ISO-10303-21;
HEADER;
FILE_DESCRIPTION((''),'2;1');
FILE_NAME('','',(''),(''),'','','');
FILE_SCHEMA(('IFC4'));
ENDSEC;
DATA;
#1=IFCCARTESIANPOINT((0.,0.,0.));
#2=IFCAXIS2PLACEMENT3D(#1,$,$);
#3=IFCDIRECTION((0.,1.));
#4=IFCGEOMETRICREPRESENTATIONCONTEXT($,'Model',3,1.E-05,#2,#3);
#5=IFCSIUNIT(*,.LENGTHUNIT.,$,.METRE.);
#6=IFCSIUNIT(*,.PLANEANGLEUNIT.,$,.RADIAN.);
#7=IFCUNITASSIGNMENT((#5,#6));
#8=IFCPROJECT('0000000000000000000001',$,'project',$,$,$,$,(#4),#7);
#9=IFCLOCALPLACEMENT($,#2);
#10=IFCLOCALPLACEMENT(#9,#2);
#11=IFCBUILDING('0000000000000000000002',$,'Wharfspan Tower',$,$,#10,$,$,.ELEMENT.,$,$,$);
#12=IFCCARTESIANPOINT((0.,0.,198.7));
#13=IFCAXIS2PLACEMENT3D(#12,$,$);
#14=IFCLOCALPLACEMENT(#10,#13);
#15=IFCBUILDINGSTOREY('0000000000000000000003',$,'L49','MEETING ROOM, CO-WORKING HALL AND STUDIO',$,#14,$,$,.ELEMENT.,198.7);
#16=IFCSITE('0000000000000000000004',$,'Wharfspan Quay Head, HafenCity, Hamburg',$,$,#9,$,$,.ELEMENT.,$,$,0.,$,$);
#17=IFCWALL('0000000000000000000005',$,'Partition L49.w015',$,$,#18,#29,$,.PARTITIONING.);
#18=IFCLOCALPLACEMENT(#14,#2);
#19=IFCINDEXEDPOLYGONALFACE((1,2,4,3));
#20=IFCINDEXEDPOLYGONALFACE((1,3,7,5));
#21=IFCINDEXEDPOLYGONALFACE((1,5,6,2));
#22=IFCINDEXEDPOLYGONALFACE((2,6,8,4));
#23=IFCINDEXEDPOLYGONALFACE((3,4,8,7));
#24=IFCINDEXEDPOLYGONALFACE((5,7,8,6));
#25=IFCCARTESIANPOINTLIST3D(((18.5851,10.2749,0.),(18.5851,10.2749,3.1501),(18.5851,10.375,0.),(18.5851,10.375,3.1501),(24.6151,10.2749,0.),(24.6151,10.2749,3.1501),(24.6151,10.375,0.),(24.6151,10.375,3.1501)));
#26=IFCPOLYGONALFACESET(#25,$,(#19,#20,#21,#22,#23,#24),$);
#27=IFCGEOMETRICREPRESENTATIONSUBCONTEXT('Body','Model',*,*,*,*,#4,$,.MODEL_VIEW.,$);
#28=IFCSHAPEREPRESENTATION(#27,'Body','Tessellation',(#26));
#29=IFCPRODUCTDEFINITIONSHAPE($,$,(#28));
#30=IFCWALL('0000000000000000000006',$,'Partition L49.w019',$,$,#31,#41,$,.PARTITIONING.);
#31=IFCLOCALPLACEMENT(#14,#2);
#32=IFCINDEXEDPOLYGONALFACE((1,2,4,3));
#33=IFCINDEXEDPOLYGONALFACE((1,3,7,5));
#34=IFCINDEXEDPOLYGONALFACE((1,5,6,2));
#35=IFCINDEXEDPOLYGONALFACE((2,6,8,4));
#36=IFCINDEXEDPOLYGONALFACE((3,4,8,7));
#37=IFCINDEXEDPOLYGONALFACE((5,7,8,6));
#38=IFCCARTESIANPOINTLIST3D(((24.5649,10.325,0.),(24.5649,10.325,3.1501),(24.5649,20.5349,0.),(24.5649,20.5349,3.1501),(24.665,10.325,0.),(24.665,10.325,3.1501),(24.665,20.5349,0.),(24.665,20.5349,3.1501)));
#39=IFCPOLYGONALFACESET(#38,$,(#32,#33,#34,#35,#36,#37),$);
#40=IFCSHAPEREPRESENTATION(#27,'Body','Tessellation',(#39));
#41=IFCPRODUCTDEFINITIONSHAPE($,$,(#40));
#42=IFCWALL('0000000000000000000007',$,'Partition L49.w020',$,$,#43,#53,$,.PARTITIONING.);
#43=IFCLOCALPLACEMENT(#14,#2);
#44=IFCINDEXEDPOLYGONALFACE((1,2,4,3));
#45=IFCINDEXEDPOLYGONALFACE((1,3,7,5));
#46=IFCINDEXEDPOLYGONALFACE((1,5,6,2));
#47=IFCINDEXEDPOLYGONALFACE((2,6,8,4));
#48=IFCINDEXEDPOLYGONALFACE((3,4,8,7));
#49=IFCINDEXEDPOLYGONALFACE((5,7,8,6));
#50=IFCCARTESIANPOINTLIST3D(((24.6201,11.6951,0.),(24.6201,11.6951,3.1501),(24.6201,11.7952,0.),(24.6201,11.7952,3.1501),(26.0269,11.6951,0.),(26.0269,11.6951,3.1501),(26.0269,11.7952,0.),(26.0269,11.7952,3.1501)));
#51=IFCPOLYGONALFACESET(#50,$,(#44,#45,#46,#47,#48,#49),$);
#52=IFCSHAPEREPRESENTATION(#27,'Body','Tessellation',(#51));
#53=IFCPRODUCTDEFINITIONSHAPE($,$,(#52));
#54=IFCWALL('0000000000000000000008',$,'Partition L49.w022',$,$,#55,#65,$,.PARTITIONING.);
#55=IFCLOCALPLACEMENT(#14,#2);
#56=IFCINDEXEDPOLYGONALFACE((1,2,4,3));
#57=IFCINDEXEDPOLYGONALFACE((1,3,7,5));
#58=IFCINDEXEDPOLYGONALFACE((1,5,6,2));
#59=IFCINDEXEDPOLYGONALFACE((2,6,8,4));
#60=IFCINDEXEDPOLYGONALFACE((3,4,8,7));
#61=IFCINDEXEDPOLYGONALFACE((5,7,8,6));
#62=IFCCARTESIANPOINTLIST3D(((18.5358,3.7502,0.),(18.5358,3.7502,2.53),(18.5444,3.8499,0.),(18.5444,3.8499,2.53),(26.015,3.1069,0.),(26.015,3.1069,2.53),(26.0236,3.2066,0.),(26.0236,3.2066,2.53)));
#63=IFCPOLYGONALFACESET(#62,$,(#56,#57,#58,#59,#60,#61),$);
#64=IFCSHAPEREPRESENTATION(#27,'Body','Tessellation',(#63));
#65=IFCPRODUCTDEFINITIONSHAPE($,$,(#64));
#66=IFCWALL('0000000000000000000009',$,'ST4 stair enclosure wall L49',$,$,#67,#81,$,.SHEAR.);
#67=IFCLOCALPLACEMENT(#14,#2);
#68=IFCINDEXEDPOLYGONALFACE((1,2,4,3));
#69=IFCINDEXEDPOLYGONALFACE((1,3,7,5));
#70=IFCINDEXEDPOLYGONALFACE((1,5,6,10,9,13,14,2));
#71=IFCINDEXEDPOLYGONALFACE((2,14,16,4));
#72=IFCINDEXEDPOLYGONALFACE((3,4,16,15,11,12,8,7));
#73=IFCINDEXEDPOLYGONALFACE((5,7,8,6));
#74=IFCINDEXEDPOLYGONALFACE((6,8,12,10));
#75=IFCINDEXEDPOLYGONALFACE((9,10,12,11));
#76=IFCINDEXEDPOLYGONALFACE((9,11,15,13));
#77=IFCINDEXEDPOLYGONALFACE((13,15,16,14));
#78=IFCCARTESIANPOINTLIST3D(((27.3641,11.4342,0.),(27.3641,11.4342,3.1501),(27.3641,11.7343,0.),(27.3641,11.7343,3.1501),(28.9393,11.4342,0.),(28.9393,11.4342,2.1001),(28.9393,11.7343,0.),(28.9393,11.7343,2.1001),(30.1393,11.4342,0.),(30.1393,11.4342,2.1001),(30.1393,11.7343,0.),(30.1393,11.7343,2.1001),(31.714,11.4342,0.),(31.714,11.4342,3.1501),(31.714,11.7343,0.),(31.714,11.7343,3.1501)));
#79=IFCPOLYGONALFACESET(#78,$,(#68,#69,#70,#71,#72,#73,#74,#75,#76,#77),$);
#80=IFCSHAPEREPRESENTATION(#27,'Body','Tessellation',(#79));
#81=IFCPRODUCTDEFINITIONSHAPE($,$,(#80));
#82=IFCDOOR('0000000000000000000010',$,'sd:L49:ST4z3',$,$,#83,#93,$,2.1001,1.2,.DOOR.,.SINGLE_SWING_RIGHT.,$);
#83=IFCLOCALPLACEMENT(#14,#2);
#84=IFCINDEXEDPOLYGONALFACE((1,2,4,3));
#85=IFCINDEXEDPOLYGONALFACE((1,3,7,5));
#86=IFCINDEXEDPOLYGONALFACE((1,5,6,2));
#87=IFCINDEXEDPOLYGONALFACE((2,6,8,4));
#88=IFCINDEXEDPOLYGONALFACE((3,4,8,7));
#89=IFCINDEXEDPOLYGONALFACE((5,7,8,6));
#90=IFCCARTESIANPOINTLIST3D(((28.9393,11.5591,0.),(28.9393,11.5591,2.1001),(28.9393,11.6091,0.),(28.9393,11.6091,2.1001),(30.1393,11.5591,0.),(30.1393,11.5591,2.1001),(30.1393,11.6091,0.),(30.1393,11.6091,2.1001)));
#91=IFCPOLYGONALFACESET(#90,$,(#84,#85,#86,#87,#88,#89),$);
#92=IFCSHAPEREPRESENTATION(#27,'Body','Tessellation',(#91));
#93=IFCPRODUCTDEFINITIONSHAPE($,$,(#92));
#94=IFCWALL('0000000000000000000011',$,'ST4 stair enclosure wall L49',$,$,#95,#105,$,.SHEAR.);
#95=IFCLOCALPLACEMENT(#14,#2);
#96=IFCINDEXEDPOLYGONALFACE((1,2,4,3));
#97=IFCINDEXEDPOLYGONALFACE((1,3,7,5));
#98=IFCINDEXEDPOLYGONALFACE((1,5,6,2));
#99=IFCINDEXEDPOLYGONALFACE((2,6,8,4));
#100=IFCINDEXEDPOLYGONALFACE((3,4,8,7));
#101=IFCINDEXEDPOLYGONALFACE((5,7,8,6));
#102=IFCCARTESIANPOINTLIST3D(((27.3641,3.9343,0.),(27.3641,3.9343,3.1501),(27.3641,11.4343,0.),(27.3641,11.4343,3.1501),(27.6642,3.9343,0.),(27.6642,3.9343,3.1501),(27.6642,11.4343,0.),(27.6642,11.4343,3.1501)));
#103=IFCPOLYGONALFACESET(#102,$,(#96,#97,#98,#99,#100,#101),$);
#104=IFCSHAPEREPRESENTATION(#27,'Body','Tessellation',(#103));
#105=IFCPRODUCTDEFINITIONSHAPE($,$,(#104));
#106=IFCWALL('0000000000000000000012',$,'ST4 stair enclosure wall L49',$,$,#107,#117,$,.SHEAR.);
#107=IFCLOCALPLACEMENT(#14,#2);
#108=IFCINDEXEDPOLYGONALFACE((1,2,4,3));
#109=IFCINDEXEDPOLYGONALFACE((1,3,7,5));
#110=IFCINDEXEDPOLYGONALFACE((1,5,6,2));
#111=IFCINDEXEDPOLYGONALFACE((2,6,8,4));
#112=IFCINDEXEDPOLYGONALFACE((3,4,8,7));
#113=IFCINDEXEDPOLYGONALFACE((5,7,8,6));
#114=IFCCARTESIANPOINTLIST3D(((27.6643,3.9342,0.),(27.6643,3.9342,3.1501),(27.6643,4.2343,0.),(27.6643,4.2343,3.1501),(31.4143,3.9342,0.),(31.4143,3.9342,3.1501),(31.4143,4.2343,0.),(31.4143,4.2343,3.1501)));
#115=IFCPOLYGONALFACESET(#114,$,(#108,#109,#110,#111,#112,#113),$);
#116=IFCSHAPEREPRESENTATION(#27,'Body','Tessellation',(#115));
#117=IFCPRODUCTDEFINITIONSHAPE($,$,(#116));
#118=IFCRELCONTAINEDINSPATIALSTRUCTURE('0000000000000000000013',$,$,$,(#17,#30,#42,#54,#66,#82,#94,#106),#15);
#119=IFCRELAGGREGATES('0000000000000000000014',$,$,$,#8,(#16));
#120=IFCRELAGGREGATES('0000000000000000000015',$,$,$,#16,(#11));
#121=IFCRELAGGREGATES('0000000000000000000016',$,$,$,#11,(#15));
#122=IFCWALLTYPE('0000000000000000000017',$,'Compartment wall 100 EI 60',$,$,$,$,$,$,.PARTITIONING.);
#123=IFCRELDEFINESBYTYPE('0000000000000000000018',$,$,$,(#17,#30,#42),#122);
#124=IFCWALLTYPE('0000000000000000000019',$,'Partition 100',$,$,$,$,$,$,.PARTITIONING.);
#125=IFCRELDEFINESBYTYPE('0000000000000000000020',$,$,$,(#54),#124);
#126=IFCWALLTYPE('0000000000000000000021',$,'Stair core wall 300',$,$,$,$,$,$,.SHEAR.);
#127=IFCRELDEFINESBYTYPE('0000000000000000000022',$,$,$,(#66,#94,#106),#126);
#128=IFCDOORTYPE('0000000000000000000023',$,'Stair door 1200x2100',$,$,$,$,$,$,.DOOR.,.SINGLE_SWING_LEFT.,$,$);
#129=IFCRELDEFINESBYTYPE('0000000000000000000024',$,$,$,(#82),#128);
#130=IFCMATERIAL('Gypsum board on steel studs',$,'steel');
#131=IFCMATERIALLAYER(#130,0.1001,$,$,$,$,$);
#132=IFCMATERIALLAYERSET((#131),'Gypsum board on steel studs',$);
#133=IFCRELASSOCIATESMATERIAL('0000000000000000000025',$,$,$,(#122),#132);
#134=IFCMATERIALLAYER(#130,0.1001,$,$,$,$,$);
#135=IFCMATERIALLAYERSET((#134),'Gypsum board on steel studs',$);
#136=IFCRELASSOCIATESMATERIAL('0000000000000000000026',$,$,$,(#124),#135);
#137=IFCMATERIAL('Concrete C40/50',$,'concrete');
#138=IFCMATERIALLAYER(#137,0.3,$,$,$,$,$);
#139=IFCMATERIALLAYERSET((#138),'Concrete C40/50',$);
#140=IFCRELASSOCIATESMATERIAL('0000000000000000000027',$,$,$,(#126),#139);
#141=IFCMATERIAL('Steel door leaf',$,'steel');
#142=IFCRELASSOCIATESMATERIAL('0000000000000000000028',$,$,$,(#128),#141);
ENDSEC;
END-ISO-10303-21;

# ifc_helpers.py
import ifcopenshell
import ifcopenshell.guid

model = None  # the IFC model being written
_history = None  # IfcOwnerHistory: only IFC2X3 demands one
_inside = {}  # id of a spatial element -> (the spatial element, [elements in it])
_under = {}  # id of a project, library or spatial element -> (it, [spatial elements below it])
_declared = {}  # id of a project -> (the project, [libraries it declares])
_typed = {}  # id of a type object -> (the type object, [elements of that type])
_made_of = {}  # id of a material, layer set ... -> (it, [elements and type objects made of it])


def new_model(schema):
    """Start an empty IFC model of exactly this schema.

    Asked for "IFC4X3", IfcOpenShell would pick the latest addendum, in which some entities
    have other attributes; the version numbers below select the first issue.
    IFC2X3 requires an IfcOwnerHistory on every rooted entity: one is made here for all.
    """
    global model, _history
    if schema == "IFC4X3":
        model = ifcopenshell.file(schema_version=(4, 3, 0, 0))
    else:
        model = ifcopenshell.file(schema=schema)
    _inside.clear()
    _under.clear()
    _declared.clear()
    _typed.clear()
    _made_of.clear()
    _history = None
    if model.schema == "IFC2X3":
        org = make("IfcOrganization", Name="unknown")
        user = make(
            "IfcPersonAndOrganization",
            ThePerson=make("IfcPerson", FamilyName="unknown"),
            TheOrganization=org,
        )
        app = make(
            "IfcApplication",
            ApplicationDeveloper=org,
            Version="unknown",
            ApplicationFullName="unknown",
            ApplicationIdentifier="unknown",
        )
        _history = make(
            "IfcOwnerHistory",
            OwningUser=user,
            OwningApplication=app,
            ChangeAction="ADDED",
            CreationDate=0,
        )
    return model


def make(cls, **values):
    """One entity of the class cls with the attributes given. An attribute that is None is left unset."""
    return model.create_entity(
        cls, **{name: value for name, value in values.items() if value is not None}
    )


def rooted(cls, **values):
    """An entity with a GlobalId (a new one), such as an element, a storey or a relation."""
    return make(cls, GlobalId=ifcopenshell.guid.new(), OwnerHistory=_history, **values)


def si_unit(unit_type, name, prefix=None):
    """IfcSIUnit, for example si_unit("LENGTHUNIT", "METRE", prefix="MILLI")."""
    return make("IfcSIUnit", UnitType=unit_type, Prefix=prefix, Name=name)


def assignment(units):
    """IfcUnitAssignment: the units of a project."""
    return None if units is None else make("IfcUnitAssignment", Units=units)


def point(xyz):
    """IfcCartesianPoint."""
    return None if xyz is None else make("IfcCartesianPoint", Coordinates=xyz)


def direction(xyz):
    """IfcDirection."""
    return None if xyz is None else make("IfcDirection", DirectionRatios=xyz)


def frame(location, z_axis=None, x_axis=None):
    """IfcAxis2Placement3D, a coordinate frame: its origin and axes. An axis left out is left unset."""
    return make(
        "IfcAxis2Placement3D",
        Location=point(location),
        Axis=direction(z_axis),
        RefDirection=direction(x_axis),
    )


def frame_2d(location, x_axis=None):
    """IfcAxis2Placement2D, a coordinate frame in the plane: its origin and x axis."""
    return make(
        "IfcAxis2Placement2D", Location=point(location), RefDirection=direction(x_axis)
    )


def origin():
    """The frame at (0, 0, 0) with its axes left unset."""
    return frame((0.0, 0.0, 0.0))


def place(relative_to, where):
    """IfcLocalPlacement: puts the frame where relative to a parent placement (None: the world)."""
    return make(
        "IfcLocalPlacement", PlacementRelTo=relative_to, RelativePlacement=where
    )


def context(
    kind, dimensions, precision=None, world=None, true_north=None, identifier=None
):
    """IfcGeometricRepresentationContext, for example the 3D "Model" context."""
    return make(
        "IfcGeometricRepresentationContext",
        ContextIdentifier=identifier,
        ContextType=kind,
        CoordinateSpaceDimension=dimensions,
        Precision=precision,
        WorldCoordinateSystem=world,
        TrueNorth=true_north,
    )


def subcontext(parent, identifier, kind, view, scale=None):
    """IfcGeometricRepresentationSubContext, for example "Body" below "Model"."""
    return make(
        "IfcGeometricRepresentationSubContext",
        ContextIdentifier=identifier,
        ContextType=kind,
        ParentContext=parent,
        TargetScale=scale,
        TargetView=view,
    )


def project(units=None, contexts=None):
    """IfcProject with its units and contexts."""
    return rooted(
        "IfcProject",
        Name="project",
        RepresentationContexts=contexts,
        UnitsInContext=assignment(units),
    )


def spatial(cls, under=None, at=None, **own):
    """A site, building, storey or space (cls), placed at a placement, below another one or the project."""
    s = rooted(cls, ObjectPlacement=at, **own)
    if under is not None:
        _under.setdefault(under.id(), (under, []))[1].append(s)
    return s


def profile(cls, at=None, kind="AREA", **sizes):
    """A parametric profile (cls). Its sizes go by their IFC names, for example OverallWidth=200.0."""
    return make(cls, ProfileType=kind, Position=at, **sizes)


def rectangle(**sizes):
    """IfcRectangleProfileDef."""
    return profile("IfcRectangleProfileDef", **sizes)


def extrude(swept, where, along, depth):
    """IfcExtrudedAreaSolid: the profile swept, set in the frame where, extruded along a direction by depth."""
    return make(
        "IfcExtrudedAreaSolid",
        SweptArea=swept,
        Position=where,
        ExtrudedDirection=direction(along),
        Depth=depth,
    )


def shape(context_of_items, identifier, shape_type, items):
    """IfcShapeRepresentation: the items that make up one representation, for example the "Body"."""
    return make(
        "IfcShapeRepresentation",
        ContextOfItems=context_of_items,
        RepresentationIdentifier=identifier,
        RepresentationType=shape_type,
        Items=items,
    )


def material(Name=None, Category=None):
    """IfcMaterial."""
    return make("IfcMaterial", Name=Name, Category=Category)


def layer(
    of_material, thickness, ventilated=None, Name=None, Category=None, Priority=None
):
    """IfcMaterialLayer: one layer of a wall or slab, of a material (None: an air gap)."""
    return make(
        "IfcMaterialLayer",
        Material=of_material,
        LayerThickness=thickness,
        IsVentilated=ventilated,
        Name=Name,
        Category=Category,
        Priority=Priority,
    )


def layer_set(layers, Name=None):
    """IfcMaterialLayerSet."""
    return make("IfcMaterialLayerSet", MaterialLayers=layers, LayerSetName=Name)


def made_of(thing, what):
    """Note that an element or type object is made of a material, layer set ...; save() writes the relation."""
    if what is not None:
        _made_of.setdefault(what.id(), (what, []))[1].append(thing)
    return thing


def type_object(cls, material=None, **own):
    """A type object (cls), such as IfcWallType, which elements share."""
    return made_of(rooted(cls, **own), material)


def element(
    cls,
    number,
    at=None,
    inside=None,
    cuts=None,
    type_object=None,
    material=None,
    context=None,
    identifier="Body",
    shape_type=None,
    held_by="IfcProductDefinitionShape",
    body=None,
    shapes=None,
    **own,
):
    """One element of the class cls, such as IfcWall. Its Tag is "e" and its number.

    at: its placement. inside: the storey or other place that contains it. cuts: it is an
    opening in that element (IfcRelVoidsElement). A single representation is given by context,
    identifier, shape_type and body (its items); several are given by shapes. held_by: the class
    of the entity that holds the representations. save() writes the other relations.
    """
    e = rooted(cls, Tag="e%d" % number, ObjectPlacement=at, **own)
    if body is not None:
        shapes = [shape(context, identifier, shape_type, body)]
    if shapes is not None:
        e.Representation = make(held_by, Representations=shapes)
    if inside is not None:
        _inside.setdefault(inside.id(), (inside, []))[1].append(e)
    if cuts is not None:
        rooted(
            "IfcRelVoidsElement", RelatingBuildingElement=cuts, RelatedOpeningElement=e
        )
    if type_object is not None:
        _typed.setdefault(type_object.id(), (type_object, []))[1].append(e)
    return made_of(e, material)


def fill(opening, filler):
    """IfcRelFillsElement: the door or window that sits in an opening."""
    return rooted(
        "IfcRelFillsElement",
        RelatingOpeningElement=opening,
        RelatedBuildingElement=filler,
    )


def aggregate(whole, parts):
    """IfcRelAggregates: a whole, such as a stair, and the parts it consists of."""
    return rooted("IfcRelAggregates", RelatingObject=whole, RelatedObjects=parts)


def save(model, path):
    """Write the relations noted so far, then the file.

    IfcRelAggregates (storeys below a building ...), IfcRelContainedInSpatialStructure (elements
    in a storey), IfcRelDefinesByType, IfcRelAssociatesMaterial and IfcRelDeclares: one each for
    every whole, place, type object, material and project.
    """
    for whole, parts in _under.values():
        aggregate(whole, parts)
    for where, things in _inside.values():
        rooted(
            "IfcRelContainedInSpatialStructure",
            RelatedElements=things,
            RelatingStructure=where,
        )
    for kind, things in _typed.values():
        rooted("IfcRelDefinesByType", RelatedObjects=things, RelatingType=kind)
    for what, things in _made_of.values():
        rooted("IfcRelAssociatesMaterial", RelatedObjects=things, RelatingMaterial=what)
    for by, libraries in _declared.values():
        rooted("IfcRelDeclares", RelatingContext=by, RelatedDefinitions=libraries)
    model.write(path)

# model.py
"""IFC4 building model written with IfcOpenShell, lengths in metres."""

from ifc_helpers import new_model, si_unit, direction, frame, frame_2d, origin, place, context, subcontext, project, spatial, rectangle, extrude, material, layer, layer_set, type_object, element, fill, save


model = new_model("IFC4")

# Units and contexts
model_context = context("Model", 3, precision=1e-05, world=origin(), true_north=direction((0.0, 1.0)))
body_context = subcontext(model_context, "Body", "Model", "MODEL_VIEW")
ifc_project = project(units=[si_unit("LENGTHUNIT", "METRE"), si_unit("PLANEANGLEUNIT", "RADIAN")], contexts=[model_context])

# Site, building, storey
site_placement = place(None, origin())
site = spatial("IfcSite", under=ifc_project, at=site_placement, Name="Wharfspan Quay Head, HafenCity, Hamburg", CompositionType="ELEMENT", RefElevation=0.0)
building_placement = place(site_placement, origin())
building = spatial("IfcBuilding", under=site, at=building_placement, Name="Wharfspan Tower", CompositionType="ELEMENT")
storey_placement = place(building_placement, frame((0.0, 0.0, 198.7)))
storey = spatial("IfcBuildingStorey", under=building, at=storey_placement, Name="L49", Description="MEETING ROOM, CO-WORKING HALL AND STUDIO", CompositionType="ELEMENT", Elevation=198.7)

# Shared definitions
ifc_material_1 = material(Name="Gypsum board on steel studs", Category="steel")
ifc_layer_1 = layer(ifc_material_1, 0.1001)
ifc_layer_set_1 = layer_set([ifc_layer_1], Name="Gypsum board on steel studs")
wall_type_1 = type_object("IfcWallType", Name="Compartment wall 100 EI 60", PredefinedType="PARTITIONING", material=ifc_layer_set_1)

# Walls
wall_1_placement = place(storey_placement, frame((18.585, 10.325, 0.0), z_axis=(0.0, 0.0, 1.0), x_axis=(1.0, 0.0, 0.0)))
element("IfcWall", 1, at=wall_1_placement, inside=storey, type_object=wall_type_1, Name="Partition L49.w015", PredefinedType="PARTITIONING", context=body_context, shape_type="SweptSolid", body=[
    extrude(rectangle(XDim=6.03, YDim=0.1001, at=frame_2d((3.0151, 0.0))), origin(), (0.0, 0.0, 1.0), 3.1501),
])
wall_2_placement = place(storey_placement, frame((24.615, 10.325, 0.0), z_axis=(0.0, 0.0, 1.0), x_axis=(0.0, 1.0, 0.0)))
element("IfcWall", 2, at=wall_2_placement, inside=storey, type_object=wall_type_1, Name="Partition L49.w019", PredefinedType="PARTITIONING", context=body_context, shape_type="SweptSolid", body=[
    extrude(rectangle(XDim=10.21, YDim=0.1001, at=frame_2d((5.105, 0.0))), origin(), (0.0, 0.0, 1.0), 3.1501),
])
wall_3_placement = place(storey_placement, frame((24.6201, 11.7451, 0.0), z_axis=(0.0, 0.0, 1.0), x_axis=(1.0, 0.0, 0.0)))
element("IfcWall", 3, at=wall_3_placement, inside=storey, type_object=wall_type_1, Name="Partition L49.w020", PredefinedType="PARTITIONING", context=body_context, shape_type="SweptSolid", body=[
    extrude(rectangle(XDim=1.4067, YDim=0.1001, at=frame_2d((0.7034, 0.0))), origin(), (0.0, 0.0, 1.0), 3.1501),
])
ifc_layer_2 = layer(ifc_material_1, 0.1001)
ifc_layer_set_2 = layer_set([ifc_layer_2], Name="Gypsum board on steel studs")
wall_type_2 = type_object("IfcWallType", Name="Partition 100", PredefinedType="PARTITIONING", material=ifc_layer_set_2)
wall_4_placement = place(storey_placement, frame((26.0193, 3.1567, 0.0), z_axis=(0.0, 0.0, 1.0), x_axis=(-0.996318, 0.085696, 0.0)))
element("IfcWall", 4, at=wall_4_placement, inside=storey, type_object=wall_type_2, Name="Partition L49.w022", PredefinedType="PARTITIONING", context=body_context, shape_type="SweptSolid", body=[
    extrude(rectangle(XDim=7.5068, YDim=0.1001, at=frame_2d((3.7534, 0.0))), origin(), (0.0, 0.0, 1.0), 2.53),
])

# Wall, opening, door
ifc_material_2 = material(Name="Concrete C40/50", Category="concrete")
ifc_layer_3 = layer(ifc_material_2, 0.3)
ifc_layer_set_3 = layer_set([ifc_layer_3], Name="Concrete C40/50")
wall_type_3 = type_object("IfcWallType", Name="Stair core wall 300", PredefinedType="SHEAR", material=ifc_layer_set_3)
wall_5_placement = place(storey_placement, frame((27.3643, 11.5842, 0.0), z_axis=(0.0, 0.0, 1.0), x_axis=(1.0, 0.0, 0.0)))
wall_5 = element("IfcWall", 5, at=wall_5_placement, inside=storey, type_object=wall_type_3, Name="ST4 stair enclosure wall L49", PredefinedType="SHEAR", context=body_context, shape_type="SweptSolid", body=[
    extrude(rectangle(XDim=4.3499, YDim=0.3, at=frame_2d((2.1748, 0.0))), origin(), (0.0, 0.0, 1.0), 3.1501),
])
opening_1_placement = place(wall_5_placement, frame((1.575, 0.0, 0.0)))
opening_1 = element("IfcOpeningElement", 6, at=opening_1_placement, cuts=wall_5, PredefinedType="OPENING", context=body_context, shape_type="SweptSolid", body=[
    extrude(rectangle(XDim=1.2, YDim=2.1001, at=frame_2d((0.6001, 1.05))), frame((0.0, 0.1599, 0.0), z_axis=(0.0, -1.0, 0.0), x_axis=(1.0, 0.0, 0.0)), (0.0, 0.0, 1.0), 0.3201),
])
ifc_material_3 = material(Name="Steel door leaf", Category="steel")
door_type_1 = type_object("IfcDoorType", Name="Stair door 1200x2100", OperationType="SINGLE_SWING_LEFT", PredefinedType="DOOR", material=ifc_material_3)
door_1_placement = place(opening_1_placement, origin())
door_1 = element("IfcDoor", 7, at=door_1_placement, inside=storey, type_object=door_type_1, Name="sd:L49:ST4z3", OperationType="SINGLE_SWING_RIGHT", OverallHeight=2.1001, OverallWidth=1.2, PredefinedType="DOOR", context=body_context, shape_type="SweptSolid", body=[
    extrude(rectangle(XDim=1.2, YDim=2.1001, at=frame_2d((0.6001, 1.05))), frame((0.0, 0.0249, 0.0), z_axis=(0.0, -1.0, 0.0), x_axis=(1.0, 0.0, 0.0)), (0.0, 0.0, 1.0), 0.05),
])
fill(opening_1, door_1)

# Walls
wall_6_placement = place(storey_placement, frame((27.5142, 3.9343, 0.0), z_axis=(0.0, 0.0, 1.0), x_axis=(0.0, 1.0, 0.0)))
element("IfcWall", 8, at=wall_6_placement, inside=storey, type_object=wall_type_3, Name="ST4 stair enclosure wall L49", PredefinedType="SHEAR", context=body_context, shape_type="SweptSolid", body=[
    extrude(rectangle(XDim=7.5, YDim=0.3, at=frame_2d((3.75, 0.0))), origin(), (0.0, 0.0, 1.0), 3.1501),
])
wall_7_placement = place(storey_placement, frame((27.6643, 4.0842, 0.0), z_axis=(0.0, 0.0, 1.0), x_axis=(1.0, 0.0, 0.0)))
element("IfcWall", 9, at=wall_7_placement, inside=storey, type_object=wall_type_3, Name="ST4 stair enclosure wall L49", PredefinedType="SHEAR", context=body_context, shape_type="SweptSolid", body=[
    extrude(rectangle(XDim=3.75, YDim=0.3, at=frame_2d((1.875, 0.0))), origin(), (0.0, 0.0, 1.0), 3.1501),
])

save(model, "model.ifc")
